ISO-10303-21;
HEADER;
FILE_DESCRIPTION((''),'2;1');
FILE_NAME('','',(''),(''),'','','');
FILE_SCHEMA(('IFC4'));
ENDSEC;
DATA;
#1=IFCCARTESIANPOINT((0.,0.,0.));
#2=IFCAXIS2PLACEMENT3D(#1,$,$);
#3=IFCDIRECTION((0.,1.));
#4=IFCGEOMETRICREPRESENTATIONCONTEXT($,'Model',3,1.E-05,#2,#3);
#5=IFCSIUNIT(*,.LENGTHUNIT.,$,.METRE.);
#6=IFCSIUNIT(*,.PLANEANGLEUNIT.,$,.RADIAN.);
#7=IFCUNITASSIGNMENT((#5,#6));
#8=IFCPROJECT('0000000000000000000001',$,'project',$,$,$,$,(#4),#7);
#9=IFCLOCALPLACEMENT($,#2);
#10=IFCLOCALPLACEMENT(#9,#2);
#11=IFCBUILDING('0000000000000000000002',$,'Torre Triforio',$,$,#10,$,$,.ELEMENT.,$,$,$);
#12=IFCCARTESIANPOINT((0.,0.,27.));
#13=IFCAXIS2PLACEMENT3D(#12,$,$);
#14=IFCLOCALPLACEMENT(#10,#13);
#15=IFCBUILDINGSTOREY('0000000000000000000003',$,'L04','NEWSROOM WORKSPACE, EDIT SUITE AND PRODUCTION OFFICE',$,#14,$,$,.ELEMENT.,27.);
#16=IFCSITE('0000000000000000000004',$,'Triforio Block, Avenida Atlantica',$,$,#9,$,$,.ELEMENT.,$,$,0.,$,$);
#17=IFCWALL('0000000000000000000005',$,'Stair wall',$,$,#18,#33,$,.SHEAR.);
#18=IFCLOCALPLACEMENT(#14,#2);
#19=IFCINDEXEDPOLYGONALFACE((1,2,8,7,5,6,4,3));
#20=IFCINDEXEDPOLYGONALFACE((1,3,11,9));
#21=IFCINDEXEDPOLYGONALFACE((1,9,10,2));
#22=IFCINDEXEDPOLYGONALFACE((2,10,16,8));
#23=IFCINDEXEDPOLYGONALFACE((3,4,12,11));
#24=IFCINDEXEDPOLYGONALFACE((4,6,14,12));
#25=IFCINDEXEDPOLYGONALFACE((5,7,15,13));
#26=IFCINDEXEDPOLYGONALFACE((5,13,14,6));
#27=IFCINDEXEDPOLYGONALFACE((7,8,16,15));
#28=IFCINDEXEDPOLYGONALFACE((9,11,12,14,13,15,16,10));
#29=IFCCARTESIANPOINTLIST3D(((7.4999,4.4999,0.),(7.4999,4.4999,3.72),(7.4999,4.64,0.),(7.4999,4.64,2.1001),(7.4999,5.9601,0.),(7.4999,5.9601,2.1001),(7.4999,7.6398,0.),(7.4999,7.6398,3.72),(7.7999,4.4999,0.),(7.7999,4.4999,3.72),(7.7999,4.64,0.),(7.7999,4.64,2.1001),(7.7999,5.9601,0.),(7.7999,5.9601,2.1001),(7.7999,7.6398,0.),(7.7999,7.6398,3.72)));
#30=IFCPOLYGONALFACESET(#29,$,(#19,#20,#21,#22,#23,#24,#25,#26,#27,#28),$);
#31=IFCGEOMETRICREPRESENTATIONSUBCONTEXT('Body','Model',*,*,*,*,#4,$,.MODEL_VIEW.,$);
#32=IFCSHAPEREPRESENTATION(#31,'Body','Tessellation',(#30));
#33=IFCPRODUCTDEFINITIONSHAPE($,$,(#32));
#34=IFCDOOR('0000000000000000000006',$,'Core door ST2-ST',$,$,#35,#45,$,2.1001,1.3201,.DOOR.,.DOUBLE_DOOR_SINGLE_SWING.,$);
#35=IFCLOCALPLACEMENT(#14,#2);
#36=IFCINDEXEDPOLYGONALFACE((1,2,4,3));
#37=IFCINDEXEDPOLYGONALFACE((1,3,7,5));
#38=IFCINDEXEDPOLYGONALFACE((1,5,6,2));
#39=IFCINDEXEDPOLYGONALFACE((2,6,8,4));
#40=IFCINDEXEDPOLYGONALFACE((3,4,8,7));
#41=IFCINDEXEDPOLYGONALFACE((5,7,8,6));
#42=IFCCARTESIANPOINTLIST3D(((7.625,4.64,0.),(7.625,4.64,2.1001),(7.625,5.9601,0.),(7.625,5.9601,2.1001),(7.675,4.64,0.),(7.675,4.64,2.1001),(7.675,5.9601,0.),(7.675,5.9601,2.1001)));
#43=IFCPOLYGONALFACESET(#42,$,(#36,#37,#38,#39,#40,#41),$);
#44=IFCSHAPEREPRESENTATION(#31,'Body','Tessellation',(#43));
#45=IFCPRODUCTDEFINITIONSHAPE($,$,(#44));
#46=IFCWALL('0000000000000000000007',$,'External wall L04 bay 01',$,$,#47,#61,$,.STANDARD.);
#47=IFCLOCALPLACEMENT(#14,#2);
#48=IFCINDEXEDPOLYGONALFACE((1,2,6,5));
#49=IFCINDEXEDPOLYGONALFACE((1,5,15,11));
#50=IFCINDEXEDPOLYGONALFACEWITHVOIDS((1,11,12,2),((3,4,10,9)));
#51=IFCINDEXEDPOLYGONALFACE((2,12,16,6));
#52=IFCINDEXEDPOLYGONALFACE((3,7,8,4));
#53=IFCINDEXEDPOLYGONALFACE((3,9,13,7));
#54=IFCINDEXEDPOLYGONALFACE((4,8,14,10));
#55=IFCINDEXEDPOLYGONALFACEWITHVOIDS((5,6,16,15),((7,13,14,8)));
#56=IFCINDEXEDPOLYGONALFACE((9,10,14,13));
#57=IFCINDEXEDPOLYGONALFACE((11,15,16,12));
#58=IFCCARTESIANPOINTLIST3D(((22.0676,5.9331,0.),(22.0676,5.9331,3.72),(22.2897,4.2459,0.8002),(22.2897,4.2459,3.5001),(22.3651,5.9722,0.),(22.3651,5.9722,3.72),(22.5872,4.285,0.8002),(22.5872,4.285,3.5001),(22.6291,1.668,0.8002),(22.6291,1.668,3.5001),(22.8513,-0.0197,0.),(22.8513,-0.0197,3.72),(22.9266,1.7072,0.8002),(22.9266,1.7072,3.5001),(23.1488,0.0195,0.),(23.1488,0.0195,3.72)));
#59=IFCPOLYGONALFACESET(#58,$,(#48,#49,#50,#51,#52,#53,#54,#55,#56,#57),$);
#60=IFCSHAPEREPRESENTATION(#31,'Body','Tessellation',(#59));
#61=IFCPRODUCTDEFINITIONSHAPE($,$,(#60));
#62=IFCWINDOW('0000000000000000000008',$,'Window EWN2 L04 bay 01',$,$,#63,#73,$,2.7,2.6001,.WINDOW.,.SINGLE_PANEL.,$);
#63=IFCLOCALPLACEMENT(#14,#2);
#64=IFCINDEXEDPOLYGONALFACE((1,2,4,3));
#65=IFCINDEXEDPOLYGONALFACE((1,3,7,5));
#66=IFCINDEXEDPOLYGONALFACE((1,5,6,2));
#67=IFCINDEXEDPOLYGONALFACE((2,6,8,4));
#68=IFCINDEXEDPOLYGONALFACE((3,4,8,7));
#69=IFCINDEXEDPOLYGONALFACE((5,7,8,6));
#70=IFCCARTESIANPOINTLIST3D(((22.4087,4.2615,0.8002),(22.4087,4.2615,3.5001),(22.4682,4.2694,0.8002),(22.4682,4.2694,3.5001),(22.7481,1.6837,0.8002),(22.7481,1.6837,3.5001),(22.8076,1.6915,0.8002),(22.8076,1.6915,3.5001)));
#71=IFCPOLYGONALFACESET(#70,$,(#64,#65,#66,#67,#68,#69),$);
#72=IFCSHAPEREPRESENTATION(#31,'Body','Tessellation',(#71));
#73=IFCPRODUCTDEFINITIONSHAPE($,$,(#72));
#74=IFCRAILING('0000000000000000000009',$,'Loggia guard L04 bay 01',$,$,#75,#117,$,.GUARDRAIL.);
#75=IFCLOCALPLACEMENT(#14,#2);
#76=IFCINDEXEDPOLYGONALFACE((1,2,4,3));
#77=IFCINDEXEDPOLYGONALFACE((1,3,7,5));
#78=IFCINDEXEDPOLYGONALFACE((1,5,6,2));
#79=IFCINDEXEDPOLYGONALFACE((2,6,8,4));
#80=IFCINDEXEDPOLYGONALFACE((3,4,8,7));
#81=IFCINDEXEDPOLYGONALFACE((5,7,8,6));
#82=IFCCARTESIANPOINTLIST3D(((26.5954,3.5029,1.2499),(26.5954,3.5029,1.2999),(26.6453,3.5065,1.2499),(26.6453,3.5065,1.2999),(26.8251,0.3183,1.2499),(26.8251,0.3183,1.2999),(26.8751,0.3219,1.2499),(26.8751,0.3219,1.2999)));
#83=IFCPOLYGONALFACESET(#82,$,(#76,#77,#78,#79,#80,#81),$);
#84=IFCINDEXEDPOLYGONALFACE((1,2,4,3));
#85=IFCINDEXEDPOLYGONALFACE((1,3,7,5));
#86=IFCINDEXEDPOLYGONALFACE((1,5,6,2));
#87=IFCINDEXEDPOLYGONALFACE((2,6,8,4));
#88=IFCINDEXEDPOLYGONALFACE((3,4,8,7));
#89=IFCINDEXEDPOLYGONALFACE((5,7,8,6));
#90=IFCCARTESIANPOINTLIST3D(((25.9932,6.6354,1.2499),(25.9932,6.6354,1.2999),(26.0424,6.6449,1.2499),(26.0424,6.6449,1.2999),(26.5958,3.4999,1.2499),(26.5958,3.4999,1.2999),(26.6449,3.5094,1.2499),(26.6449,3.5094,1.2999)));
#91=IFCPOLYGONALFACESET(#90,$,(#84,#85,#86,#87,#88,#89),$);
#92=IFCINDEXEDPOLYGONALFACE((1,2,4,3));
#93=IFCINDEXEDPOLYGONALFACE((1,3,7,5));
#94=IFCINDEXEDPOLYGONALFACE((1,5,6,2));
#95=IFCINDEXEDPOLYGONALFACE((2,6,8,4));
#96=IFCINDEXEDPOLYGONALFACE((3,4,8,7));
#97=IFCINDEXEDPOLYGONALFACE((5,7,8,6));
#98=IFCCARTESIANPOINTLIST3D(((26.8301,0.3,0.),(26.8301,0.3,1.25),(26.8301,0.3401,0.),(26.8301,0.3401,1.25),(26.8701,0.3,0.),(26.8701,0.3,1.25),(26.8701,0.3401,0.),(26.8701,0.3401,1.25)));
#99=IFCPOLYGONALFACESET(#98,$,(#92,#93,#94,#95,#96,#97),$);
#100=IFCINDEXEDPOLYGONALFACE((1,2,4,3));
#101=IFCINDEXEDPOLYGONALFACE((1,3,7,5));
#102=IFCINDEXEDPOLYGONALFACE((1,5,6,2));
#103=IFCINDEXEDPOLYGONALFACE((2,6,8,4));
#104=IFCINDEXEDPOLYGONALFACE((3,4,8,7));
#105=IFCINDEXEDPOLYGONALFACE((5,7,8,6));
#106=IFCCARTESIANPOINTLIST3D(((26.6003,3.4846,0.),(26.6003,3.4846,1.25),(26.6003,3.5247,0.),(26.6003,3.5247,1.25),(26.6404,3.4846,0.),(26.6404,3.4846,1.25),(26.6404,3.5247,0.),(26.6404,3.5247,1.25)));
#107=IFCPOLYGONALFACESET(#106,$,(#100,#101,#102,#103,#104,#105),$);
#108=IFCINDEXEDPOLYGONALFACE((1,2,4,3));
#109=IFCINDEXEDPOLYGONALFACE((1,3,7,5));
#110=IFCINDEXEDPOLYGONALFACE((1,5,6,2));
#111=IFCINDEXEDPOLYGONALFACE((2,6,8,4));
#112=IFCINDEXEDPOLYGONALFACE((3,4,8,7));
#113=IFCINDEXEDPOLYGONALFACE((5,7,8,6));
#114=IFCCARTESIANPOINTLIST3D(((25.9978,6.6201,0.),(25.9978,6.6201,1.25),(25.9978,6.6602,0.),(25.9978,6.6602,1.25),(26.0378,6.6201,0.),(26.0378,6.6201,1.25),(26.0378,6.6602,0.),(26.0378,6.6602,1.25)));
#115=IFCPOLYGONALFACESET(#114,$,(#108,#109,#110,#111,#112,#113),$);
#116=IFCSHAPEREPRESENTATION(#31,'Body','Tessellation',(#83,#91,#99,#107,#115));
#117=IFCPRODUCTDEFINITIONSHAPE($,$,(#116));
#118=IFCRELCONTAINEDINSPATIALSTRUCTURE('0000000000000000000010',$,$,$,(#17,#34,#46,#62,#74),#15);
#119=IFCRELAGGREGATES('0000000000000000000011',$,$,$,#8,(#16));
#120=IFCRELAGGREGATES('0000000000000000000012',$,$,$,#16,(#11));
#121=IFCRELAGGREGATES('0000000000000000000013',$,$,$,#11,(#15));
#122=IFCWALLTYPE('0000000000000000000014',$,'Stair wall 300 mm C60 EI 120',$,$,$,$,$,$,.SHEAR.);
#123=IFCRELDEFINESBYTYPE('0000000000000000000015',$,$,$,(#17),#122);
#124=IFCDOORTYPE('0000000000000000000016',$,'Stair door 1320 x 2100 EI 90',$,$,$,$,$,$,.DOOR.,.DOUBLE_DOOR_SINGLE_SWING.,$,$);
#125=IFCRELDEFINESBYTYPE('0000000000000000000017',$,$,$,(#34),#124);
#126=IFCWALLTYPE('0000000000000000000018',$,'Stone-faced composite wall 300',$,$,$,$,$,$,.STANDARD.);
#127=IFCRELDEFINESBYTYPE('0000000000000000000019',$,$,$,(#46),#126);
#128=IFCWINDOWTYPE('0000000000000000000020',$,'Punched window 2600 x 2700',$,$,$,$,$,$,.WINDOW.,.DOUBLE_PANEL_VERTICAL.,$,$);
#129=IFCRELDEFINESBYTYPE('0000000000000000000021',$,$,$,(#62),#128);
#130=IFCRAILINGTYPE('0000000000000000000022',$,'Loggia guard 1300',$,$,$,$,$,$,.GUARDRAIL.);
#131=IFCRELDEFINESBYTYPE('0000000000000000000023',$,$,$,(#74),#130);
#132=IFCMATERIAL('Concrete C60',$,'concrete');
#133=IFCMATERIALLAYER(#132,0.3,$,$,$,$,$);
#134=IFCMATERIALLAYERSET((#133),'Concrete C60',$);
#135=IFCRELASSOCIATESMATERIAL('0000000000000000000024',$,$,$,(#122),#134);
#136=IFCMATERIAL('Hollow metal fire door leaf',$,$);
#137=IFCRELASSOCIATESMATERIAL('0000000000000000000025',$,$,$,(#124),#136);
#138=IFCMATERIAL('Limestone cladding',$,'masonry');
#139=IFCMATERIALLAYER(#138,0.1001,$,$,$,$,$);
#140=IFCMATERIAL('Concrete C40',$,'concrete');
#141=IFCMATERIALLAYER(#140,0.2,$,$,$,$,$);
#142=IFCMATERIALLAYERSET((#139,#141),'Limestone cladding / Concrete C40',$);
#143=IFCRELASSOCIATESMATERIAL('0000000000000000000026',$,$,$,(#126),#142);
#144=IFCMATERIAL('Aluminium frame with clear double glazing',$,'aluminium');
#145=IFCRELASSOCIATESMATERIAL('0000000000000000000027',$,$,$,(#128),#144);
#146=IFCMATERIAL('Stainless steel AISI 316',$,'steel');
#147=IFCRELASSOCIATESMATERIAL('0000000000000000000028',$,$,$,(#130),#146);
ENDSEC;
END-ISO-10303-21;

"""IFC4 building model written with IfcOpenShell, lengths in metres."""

from ifc_helpers import new_model, si_unit, direction, frame, frame_2d, origin, origin_2d, place, context, subcontext, project, spatial, rectangle, extrude, material, layer, layer_set, type_object, element, fill, save


model = new_model("IFC4")

# Units and contexts
model_context = context("Model", 3, precision=1e-05, world=origin(), true_north=direction((0.0, 1.0)))
body_context = subcontext(model_context, "Body", "Model", "MODEL_VIEW")
ifc_project = project(units=[si_unit("LENGTHUNIT", "METRE"), si_unit("PLANEANGLEUNIT", "RADIAN")], contexts=[model_context])

# Site, building, storey
site_placement = place(None, origin())
site = spatial("IfcSite", under=ifc_project, at=site_placement, Name="Triforio Block, Avenida Atlantica", CompositionType="ELEMENT", RefElevation=0.0)
building_placement = place(site_placement, origin())
building = spatial("IfcBuilding", under=site, at=building_placement, Name="Torre Triforio", CompositionType="ELEMENT")
storey_placement = place(building_placement, frame((0.0, 0.0, 27.0)))
storey = spatial("IfcBuildingStorey", under=building, at=storey_placement, Name="L04", Description="NEWSROOM WORKSPACE, EDIT SUITE AND PRODUCTION OFFICE", CompositionType="ELEMENT", Elevation=27.0)

# Shared definitions
ifc_material_1 = material(Name="Limestone cladding", Category="masonry")
ifc_material_2 = material(Name="Concrete C40", Category="concrete")

# Wall, opening, door
ifc_material_3 = material(Name="Concrete C60", Category="concrete")
ifc_layer_1 = layer(ifc_material_3, 0.3)
ifc_layer_set_1 = layer_set([ifc_layer_1], Name="Concrete C60")
wall_type_1 = type_object("IfcWallType", Name="Stair wall 300 mm C60 EI 120", PredefinedType="SHEAR", material=ifc_layer_set_1)
wall_1_placement = place(storey_placement, frame((7.6499, 4.5, 0.0), z_axis=(0.0, 0.0, 1.0), x_axis=(0.0, 1.0, 0.0)))
wall_1 = element("IfcWall", 1, at=wall_1_placement, inside=storey, type_object=wall_type_1, Name="Stair wall", PredefinedType="SHEAR", context=body_context, shape_type="SweptSolid", body=[
    extrude(rectangle(XDim=3.1399, YDim=0.3, at=frame_2d((1.5698, 0.0))), origin(), (0.0, 0.0, 1.0), 3.72),
])
opening_1_placement = place(wall_1_placement, frame((0.1399, 0.0, 0.0)))
opening_1 = element("IfcOpeningElement", 2, at=opening_1_placement, cuts=wall_1, PredefinedType="OPENING", context=body_context, shape_type="SweptSolid", body=[
    extrude(rectangle(XDim=1.3201, YDim=2.1001, at=frame_2d((0.6602, 1.05))), frame((0.0, 0.1599, 0.0), z_axis=(0.0, -1.0, 0.0), x_axis=(1.0, 0.0, 0.0)), (0.0, 0.0, 1.0), 0.3201),
])
ifc_material_4 = material(Name="Hollow metal fire door leaf")
door_type_1 = type_object("IfcDoorType", Name="Stair door 1320 x 2100 EI 90", OperationType="DOUBLE_DOOR_SINGLE_SWING", PredefinedType="DOOR", material=ifc_material_4)
door_1_placement = place(opening_1_placement, origin())
door_1 = element("IfcDoor", 3, at=door_1_placement, inside=storey, type_object=door_type_1, Name="Core door ST2-ST", OperationType="DOUBLE_DOOR_SINGLE_SWING", OverallHeight=2.1001, OverallWidth=1.3201, PredefinedType="DOOR", context=body_context, shape_type="SweptSolid", body=[
    extrude(rectangle(XDim=1.3201, YDim=2.1001, at=frame_2d((0.6602, 1.05))), frame((0.0, 0.0249, 0.0), z_axis=(0.0, -1.0, 0.0), x_axis=(1.0, 0.0, 0.0)), (0.0, 0.0, 1.0), 0.05),
])
fill(opening_1, door_1)

# Wall, opening, window
ifc_layer_2 = layer(ifc_material_1, 0.1001)
ifc_layer_3 = layer(ifc_material_2, 0.2)
ifc_layer_set_2 = layer_set([ifc_layer_2, ifc_layer_3], Name="Limestone cladding / Concrete C40")
wall_type_2 = type_object("IfcWallType", Name="Stone-faced composite wall 300", PredefinedType="STANDARD", material=ifc_layer_set_2)
wall_2_placement = place(storey_placement, frame((23.0, 0.0, 0.0), z_axis=(0.0, 0.0, 1.0), x_axis=(-0.130523, 0.991445, 0.0)))
wall_2 = element("IfcWall", 4, at=wall_2_placement, inside=storey, type_object=wall_type_2, Name="External wall L04 bay 01", PredefinedType="STANDARD", context=body_context, shape_type="SweptSolid", body=[
    extrude(rectangle(XDim=6.0042, YDim=0.3, at=frame_2d((3.002, 0.0))), origin(), (0.0, 0.0, 1.0), 3.72),
])
opening_2_placement = place(wall_2_placement, frame((1.7021, 0.0, 0.8)))
opening_2 = element("IfcOpeningElement", 5, at=opening_2_placement, cuts=wall_2, PredefinedType="OPENING", context=body_context, shape_type="SweptSolid", body=[
    extrude(rectangle(XDim=2.6001, YDim=2.7, at=frame_2d((1.3, 1.3501))), frame((0.0, 0.1599, 0.0), z_axis=(0.0, -1.0, 0.0), x_axis=(1.0, 0.0, 0.0)), (0.0, 0.0, 1.0), 0.3201),
])
ifc_material_5 = material(Name="Aluminium frame with clear double glazing", Category="aluminium")
window_type_1 = type_object("IfcWindowType", Name="Punched window 2600 x 2700", PartitioningType="DOUBLE_PANEL_VERTICAL", PredefinedType="WINDOW", material=ifc_material_5)
window_1_placement = place(opening_2_placement, origin())
window_1 = element("IfcWindow", 6, at=window_1_placement, inside=storey, type_object=window_type_1, Name="Window EWN2 L04 bay 01", OverallHeight=2.7, OverallWidth=2.6001, PartitioningType="SINGLE_PANEL", PredefinedType="WINDOW", context=body_context, shape_type="SweptSolid", body=[
    extrude(rectangle(XDim=2.6001, YDim=2.7, at=frame_2d((1.3, 1.3501))), frame((0.0, 0.03, 0.0), z_axis=(0.0, -1.0, 0.0), x_axis=(1.0, 0.0, 0.0)), (0.0, 0.0, 1.0), 0.0601),
])
fill(opening_2, window_1)

# Railing
ifc_material_6 = material(Name="Stainless steel AISI 316", Category="steel")
railing_type = type_object("IfcRailingType", Name="Loggia guard 1300", PredefinedType="GUARDRAIL", material=ifc_material_6)
railing_placement = place(storey_placement, frame((26.8501, 0.3201, 0.0)))
element("IfcRailing", 7, at=railing_placement, inside=storey, type_object=railing_type, Name="Loggia guard L04 bay 01", PredefinedType="GUARDRAIL", context=body_context, shape_type="SweptSolid", body=[
    extrude(rectangle(XDim=0.05, YDim=0.05, at=origin_2d()), frame((0.0, 0.0, 1.2749), z_axis=(-0.071953, 0.997408, 0.0), x_axis=(-0.997408, -0.071953, 0.0)), (0.0, 0.0, 1.0), 3.1929),
    extrude(rectangle(XDim=0.05, YDim=0.05, at=origin_2d()), frame((-0.2297, 3.1846, 1.2749), z_axis=(-0.188714, 0.982032, 0.0), x_axis=(-0.982032, -0.188714, 0.0)), (0.0, 0.0, 1.0), 3.1929),
    extrude(rectangle(XDim=0.04, YDim=0.04, at=origin_2d()), origin(), (0.0, 0.0, 1.0), 1.25),
    extrude(rectangle(XDim=0.04, YDim=0.04, at=origin_2d()), frame((-0.2297, 3.1846, 0.0)), (0.0, 0.0, 1.0), 1.25),
    extrude(rectangle(XDim=0.04, YDim=0.04, at=origin_2d()), frame((-0.8323, 6.3201, 0.0)), (0.0, 0.0, 1.0), 1.25),
])

save(model, "model.ifc")
